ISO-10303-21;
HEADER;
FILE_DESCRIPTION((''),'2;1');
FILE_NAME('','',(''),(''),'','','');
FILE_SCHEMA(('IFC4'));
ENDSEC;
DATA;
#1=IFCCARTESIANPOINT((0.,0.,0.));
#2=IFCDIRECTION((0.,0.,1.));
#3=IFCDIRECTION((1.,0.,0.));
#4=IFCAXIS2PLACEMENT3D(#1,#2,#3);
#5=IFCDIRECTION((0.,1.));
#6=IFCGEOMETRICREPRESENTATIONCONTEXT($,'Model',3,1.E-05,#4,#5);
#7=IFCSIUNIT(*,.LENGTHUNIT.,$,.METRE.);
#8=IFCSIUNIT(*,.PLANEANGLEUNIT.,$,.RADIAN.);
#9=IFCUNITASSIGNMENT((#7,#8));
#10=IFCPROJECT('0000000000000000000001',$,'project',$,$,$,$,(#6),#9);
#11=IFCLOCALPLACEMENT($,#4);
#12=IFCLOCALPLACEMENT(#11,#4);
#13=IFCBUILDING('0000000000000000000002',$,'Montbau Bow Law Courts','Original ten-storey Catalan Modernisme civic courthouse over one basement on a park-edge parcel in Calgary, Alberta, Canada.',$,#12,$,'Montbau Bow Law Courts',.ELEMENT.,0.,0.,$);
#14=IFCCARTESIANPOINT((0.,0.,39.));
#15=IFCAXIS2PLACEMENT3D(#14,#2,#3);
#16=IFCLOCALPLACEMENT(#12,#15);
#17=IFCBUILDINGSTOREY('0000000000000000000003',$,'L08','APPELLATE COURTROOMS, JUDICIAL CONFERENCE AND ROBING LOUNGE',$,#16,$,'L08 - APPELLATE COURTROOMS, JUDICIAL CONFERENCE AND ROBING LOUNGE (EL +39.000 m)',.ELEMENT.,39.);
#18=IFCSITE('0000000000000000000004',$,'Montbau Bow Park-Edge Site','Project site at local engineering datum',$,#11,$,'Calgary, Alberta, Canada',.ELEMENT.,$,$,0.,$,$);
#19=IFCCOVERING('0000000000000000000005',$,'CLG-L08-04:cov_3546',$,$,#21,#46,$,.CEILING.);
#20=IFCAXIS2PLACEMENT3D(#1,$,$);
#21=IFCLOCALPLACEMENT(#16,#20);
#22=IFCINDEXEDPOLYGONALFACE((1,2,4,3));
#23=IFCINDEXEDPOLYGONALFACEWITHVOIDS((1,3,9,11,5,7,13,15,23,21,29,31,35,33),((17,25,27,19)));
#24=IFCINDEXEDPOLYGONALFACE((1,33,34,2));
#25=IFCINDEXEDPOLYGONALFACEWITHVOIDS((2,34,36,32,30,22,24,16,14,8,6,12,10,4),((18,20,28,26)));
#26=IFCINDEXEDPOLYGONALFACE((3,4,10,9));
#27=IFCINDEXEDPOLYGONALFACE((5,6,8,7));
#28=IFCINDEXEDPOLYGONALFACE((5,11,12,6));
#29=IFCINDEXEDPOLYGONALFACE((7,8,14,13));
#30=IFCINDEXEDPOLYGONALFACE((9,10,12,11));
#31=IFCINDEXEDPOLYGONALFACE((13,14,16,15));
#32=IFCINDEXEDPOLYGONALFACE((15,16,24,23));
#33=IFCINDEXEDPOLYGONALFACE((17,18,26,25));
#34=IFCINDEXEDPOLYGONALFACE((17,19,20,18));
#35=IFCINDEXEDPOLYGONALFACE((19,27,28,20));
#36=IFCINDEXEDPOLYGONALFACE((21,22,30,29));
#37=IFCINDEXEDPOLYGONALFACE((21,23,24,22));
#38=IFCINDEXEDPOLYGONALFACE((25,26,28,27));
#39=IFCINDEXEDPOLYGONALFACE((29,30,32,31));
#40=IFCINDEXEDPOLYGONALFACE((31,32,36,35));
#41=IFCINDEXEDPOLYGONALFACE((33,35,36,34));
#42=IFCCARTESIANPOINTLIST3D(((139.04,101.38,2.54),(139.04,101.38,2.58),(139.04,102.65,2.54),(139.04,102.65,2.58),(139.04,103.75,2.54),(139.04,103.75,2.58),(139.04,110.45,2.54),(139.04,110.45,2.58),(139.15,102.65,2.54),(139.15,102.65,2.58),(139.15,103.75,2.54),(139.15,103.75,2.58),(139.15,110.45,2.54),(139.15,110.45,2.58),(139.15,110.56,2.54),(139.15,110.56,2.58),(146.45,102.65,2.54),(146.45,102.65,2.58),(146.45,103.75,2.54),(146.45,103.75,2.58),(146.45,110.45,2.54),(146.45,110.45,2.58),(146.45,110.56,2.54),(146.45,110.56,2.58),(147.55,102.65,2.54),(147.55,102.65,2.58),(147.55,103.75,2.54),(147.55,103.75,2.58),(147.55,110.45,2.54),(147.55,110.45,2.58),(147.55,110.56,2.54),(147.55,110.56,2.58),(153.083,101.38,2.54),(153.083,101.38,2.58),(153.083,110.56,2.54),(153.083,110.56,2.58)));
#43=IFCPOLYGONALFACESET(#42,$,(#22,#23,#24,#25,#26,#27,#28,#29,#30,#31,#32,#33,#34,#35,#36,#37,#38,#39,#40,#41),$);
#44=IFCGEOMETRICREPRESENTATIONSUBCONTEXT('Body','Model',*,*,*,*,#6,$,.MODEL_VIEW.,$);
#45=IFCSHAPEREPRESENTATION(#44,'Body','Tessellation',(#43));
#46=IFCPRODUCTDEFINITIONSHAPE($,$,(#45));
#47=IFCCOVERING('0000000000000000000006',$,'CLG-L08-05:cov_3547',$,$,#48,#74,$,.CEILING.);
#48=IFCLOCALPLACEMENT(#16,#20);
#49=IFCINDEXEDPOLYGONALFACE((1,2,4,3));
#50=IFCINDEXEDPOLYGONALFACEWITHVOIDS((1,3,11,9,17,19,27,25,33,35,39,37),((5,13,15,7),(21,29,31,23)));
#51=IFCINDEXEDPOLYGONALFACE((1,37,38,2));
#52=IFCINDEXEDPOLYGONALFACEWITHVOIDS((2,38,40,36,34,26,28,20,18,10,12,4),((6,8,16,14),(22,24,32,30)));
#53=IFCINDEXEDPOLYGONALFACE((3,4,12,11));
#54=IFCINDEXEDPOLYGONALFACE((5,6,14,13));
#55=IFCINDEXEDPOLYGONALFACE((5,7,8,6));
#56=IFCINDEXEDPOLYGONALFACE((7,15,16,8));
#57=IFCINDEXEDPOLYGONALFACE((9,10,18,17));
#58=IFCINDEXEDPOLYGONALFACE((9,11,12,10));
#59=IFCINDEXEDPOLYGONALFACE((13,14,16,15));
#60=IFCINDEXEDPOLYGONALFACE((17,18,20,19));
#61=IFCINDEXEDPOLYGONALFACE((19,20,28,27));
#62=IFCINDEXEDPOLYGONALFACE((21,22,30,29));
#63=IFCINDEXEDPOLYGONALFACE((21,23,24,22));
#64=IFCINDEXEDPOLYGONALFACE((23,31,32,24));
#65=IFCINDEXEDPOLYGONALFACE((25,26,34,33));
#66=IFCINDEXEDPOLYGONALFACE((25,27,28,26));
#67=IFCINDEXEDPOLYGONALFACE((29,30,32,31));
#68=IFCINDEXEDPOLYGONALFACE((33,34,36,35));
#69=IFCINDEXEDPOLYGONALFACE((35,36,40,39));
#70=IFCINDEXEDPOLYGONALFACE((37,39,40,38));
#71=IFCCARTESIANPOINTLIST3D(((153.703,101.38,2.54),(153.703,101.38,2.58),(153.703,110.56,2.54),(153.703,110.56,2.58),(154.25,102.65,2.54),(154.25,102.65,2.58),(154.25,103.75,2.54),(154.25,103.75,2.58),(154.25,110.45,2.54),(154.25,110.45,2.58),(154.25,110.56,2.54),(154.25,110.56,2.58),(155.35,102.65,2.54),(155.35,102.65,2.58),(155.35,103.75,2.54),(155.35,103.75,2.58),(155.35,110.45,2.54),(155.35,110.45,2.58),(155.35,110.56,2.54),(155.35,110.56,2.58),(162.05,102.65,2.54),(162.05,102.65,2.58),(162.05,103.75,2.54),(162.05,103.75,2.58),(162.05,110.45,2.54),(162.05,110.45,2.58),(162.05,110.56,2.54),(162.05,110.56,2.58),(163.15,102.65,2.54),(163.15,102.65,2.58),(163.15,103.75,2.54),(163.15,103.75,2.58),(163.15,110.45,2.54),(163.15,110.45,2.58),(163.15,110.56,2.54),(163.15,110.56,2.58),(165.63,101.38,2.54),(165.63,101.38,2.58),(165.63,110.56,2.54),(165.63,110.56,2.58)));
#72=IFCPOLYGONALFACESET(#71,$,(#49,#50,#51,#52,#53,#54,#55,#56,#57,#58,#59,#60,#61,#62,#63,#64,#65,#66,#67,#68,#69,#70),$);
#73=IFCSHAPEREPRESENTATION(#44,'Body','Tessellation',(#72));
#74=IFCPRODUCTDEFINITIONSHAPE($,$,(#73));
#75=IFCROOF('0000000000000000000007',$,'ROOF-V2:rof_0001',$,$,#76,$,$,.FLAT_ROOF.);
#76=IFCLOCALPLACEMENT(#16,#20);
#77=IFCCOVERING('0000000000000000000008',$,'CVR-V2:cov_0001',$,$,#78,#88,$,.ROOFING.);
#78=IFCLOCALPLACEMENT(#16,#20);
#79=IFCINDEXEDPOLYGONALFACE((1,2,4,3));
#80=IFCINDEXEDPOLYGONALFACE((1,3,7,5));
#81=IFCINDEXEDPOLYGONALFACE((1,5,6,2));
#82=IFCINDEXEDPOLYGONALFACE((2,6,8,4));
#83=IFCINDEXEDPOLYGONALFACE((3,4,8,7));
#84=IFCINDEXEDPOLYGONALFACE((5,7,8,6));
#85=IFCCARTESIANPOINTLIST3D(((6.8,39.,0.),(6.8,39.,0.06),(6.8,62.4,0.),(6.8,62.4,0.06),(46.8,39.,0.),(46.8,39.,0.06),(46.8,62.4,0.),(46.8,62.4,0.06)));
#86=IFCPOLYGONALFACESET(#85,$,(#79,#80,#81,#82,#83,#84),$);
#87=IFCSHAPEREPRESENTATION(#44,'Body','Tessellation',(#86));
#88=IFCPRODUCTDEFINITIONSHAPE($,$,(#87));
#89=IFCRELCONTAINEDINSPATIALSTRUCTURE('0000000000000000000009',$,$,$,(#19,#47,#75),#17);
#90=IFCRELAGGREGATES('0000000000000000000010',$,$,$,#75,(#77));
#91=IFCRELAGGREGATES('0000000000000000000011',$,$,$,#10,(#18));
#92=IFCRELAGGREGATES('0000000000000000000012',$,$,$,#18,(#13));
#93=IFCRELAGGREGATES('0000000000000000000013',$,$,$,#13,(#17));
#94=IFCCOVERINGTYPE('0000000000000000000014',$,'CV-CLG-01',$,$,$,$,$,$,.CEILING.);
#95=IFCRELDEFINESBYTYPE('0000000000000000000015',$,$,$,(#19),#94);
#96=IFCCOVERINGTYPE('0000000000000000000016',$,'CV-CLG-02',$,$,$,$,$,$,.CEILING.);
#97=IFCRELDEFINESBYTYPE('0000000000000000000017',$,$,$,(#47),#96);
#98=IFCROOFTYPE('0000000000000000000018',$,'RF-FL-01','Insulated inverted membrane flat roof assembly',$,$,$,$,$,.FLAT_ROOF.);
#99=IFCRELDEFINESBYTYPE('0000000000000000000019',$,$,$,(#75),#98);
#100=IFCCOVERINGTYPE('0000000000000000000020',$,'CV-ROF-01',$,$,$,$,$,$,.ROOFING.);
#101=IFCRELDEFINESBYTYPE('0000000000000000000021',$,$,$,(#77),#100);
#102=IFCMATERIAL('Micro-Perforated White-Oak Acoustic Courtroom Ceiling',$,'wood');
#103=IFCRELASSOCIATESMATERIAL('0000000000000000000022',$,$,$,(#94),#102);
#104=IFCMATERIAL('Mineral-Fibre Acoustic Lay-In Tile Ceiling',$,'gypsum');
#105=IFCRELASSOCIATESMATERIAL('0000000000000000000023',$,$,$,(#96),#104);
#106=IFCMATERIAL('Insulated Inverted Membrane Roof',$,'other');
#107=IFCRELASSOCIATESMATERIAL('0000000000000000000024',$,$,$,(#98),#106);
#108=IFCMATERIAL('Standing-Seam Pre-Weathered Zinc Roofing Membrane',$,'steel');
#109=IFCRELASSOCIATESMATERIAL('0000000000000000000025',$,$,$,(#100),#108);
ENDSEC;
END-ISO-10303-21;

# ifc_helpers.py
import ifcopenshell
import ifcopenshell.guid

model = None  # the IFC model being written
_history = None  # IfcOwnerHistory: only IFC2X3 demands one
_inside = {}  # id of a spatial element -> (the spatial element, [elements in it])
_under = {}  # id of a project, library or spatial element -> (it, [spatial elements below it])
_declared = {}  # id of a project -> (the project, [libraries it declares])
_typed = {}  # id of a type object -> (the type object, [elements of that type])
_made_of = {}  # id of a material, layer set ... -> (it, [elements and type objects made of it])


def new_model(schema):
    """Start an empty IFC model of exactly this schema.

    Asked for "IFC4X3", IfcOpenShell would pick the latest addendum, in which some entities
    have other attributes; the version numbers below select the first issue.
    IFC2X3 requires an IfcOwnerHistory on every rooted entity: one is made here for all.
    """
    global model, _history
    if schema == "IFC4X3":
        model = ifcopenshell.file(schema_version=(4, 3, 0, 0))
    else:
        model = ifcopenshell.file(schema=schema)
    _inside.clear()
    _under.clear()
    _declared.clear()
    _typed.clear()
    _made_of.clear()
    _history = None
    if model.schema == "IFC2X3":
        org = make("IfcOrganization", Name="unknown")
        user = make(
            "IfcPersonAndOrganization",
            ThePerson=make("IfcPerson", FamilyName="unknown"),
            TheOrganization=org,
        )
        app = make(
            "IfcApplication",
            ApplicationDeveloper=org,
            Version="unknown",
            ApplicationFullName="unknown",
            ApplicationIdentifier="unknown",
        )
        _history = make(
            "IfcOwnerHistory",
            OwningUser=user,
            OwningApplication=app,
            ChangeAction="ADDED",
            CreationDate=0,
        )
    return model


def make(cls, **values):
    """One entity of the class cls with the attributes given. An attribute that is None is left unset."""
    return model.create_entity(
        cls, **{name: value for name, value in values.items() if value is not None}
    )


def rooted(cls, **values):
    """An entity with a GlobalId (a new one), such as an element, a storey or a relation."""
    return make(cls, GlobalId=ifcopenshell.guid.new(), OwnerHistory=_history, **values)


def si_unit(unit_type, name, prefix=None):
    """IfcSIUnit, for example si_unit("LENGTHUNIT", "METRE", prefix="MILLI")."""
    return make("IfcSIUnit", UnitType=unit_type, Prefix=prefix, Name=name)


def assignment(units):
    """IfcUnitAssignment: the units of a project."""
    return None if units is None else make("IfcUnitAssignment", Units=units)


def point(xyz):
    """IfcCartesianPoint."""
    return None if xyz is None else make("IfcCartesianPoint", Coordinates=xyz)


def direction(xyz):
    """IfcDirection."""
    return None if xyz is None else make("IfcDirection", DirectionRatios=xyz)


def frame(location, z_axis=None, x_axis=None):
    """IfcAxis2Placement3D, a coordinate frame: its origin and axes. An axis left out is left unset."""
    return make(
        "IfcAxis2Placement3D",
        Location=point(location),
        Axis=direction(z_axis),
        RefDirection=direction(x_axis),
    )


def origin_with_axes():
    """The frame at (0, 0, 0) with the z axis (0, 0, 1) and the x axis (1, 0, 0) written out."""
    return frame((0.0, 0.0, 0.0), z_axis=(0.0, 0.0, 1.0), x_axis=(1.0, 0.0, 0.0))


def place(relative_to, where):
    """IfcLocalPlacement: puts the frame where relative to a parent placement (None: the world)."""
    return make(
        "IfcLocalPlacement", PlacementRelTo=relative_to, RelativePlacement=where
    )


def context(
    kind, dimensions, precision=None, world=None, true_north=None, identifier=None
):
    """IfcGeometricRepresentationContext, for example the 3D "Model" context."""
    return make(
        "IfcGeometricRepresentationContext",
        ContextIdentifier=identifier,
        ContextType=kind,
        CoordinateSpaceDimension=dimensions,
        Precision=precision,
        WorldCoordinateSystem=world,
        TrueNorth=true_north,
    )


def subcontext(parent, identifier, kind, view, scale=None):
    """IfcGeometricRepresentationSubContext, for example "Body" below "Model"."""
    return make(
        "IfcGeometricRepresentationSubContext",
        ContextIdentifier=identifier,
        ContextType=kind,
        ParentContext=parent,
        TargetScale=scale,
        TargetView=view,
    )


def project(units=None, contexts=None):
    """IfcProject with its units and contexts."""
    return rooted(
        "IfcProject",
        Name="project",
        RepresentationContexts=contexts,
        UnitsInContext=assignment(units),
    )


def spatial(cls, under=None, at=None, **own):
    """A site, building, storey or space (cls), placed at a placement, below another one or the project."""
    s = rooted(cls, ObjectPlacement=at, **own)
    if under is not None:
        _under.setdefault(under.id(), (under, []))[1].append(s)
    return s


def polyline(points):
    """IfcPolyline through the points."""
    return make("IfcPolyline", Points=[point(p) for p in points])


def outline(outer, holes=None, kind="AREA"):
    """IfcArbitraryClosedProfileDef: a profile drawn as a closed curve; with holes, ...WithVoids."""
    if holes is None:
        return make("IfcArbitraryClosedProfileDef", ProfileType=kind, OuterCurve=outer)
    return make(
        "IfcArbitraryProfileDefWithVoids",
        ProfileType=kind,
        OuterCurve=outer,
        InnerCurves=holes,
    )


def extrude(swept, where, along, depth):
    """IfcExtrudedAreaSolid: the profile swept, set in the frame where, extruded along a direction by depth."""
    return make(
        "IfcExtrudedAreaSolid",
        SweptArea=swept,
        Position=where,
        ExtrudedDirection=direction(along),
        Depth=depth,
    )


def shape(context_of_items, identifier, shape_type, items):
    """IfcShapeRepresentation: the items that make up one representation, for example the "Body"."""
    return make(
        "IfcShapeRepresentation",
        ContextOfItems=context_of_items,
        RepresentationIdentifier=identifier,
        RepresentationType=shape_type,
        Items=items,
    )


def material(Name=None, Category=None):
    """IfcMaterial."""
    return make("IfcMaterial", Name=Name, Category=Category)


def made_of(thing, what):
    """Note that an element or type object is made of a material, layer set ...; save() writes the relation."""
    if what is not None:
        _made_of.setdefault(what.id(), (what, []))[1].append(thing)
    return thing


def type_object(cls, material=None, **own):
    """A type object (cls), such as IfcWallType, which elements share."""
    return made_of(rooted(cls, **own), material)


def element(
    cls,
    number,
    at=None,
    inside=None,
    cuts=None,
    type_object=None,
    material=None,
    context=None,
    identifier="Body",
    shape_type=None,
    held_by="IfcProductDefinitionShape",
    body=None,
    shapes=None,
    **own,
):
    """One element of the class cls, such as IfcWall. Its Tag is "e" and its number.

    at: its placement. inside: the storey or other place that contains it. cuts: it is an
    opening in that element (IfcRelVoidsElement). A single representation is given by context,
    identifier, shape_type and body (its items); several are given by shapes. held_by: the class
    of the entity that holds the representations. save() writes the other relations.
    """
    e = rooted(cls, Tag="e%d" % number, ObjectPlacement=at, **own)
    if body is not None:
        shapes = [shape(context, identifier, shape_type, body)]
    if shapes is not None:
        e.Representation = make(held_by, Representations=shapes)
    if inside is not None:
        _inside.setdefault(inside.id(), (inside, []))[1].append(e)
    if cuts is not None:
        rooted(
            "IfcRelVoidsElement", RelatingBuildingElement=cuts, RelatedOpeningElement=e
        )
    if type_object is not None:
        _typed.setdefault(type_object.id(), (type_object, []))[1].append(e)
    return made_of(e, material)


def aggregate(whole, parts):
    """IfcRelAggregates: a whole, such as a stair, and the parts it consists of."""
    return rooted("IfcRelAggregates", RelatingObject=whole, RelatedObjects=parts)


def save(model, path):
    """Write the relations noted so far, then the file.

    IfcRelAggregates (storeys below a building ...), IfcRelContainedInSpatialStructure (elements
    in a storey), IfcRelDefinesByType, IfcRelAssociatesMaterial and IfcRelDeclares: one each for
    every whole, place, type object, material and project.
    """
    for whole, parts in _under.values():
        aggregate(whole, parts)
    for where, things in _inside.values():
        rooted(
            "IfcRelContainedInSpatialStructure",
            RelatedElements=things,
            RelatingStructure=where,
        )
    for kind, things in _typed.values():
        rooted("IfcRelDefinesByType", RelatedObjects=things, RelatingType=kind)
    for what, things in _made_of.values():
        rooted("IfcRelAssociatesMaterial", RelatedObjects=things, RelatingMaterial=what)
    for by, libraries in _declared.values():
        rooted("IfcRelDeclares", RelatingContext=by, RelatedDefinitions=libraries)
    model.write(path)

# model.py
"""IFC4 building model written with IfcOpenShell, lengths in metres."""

from ifc_helpers import new_model, si_unit, direction, frame, origin_with_axes, place, context, subcontext, project, spatial, polyline, outline, extrude, material, type_object, element, aggregate, save


model = new_model("IFC4")

# Units and contexts
model_context = context("Model", 3, precision=1e-05, world=origin_with_axes(), true_north=direction((0.0, 1.0)))
body_context = subcontext(model_context, "Body", "Model", "MODEL_VIEW")
ifc_project = project(units=[si_unit("LENGTHUNIT", "METRE"), si_unit("PLANEANGLEUNIT", "RADIAN")], contexts=[model_context])

# Site, building, storey
site_placement = place(None, origin_with_axes())
site = spatial("IfcSite", under=ifc_project, at=site_placement, Name="Montbau Bow Park-Edge Site", Description="Project site at local engineering datum", LongName="Calgary, Alberta, Canada", CompositionType="ELEMENT", RefElevation=0.0)
building_placement = place(site_placement, origin_with_axes())
building = spatial("IfcBuilding", under=site, at=building_placement, Name="Montbau Bow Law Courts", Description="Original ten-storey Catalan Modernisme civic courthouse over one basement on a park-edge parcel in Calgary, Alberta, Canada.", LongName="Montbau Bow Law Courts", CompositionType="ELEMENT", ElevationOfRefHeight=0.0, ElevationOfTerrain=0.0)
storey_placement = place(building_placement, frame((0.0, 0.0, 39.0), z_axis=(0.0, 0.0, 1.0), x_axis=(1.0, 0.0, 0.0)))
storey = spatial("IfcBuildingStorey", under=building, at=storey_placement, Name="L08", Description="APPELLATE COURTROOMS, JUDICIAL CONFERENCE AND ROBING LOUNGE", LongName="L08 - APPELLATE COURTROOMS, JUDICIAL CONFERENCE AND ROBING LOUNGE (EL +39.000 m)", CompositionType="ELEMENT", Elevation=39.0)

# Coverings
ifc_material_1 = material(Name="Micro-Perforated White-Oak Acoustic Courtroom Ceiling", Category="wood")
covering_type_1 = type_object("IfcCoveringType", Name="CV-CLG-01", PredefinedType="CEILING", material=ifc_material_1)
covering_1_placement = place(None, frame((0.0, 0.0, 41.54), z_axis=(0.0, 0.0, 1.0), x_axis=(1.0, 0.0, 0.0)))
element("IfcCovering", 1, at=covering_1_placement, inside=storey, type_object=covering_type_1, Name="CLG-L08-04:cov_3546", PredefinedType="CEILING", context=body_context, shape_type="SweptSolid", body=[
    extrude(outline(polyline([(146.45, 110.56), (146.45, 110.45), (147.55, 110.45), (147.55, 110.56), (153.083, 110.56), (153.083, 101.38), (139.04, 101.38), (139.04, 102.65), (139.15, 102.65), (139.15, 103.75), (139.04, 103.75), (139.04, 110.45), (139.15, 110.45), (139.15, 110.56), (146.45, 110.56)]), holes=[polyline([(147.55, 102.65), (147.55, 103.75), (146.45, 103.75), (146.45, 102.65), (147.55, 102.65)])]), origin_with_axes(), (0.0, 0.0, 1.0), 0.04),
])
ifc_material_2 = material(Name="Mineral-Fibre Acoustic Lay-In Tile Ceiling", Category="gypsum")
covering_type_2 = type_object("IfcCoveringType", Name="CV-CLG-02", PredefinedType="CEILING", material=ifc_material_2)
covering_2_placement = place(None, frame((0.0, 0.0, 41.54), z_axis=(0.0, 0.0, 1.0), x_axis=(1.0, 0.0, 0.0)))
element("IfcCovering", 2, at=covering_2_placement, inside=storey, type_object=covering_type_2, Name="CLG-L08-05:cov_3547", PredefinedType="CEILING", context=body_context, shape_type="SweptSolid", body=[
    extrude(outline(polyline([(154.25, 110.56), (154.25, 110.45), (155.35, 110.45), (155.35, 110.56), (162.05, 110.56), (162.05, 110.45), (163.15, 110.45), (163.15, 110.56), (165.63, 110.56), (165.63, 101.38), (153.703, 101.38), (153.703, 110.56), (154.25, 110.56)]), holes=[polyline([(155.35, 102.65), (155.35, 103.75), (154.25, 103.75), (154.25, 102.65), (155.35, 102.65)]), polyline([(163.15, 102.65), (163.15, 103.75), (162.05, 103.75), (162.05, 102.65), (163.15, 102.65)])]), origin_with_axes(), (0.0, 0.0, 1.0), 0.04),
])

# Roof, covering
ifc_material_3 = material(Name="Insulated Inverted Membrane Roof", Category="other")
roof_type_1 = type_object("IfcRoofType", Name="RF-FL-01", Description="Insulated inverted membrane flat roof assembly", PredefinedType="FLAT_ROOF", material=ifc_material_3)
roof_1_placement = place(None, frame((6.8, 39.0, 39.0), z_axis=(0.0, 0.0, 1.0), x_axis=(1.0, 0.0, 0.0)))
roof_1 = element("IfcRoof", 3, at=roof_1_placement, inside=storey, type_object=roof_type_1, Name="ROOF-V2:rof_0001", PredefinedType="FLAT_ROOF")
ifc_material_4 = material(Name="Standing-Seam Pre-Weathered Zinc Roofing Membrane", Category="steel")
covering_type_3 = type_object("IfcCoveringType", Name="CV-ROF-01", PredefinedType="ROOFING", material=ifc_material_4)
covering_3_placement = place(None, frame((0.0, 0.0, 39.0), z_axis=(0.0, 0.0, 1.0), x_axis=(1.0, 0.0, 0.0)))
covering_3 = element("IfcCovering", 4, at=covering_3_placement, type_object=covering_type_3, Name="CVR-V2:cov_0001", PredefinedType="ROOFING", context=body_context, shape_type="SweptSolid", body=[
    extrude(outline(polyline([(6.8, 39.0), (46.8, 39.0), (46.8, 62.4), (6.8, 62.4), (6.8, 39.0)])), origin_with_axes(), (0.0, 0.0, 1.0), 0.06),
])
aggregate(roof_1, [covering_3])

save(model, "model.ifc")
